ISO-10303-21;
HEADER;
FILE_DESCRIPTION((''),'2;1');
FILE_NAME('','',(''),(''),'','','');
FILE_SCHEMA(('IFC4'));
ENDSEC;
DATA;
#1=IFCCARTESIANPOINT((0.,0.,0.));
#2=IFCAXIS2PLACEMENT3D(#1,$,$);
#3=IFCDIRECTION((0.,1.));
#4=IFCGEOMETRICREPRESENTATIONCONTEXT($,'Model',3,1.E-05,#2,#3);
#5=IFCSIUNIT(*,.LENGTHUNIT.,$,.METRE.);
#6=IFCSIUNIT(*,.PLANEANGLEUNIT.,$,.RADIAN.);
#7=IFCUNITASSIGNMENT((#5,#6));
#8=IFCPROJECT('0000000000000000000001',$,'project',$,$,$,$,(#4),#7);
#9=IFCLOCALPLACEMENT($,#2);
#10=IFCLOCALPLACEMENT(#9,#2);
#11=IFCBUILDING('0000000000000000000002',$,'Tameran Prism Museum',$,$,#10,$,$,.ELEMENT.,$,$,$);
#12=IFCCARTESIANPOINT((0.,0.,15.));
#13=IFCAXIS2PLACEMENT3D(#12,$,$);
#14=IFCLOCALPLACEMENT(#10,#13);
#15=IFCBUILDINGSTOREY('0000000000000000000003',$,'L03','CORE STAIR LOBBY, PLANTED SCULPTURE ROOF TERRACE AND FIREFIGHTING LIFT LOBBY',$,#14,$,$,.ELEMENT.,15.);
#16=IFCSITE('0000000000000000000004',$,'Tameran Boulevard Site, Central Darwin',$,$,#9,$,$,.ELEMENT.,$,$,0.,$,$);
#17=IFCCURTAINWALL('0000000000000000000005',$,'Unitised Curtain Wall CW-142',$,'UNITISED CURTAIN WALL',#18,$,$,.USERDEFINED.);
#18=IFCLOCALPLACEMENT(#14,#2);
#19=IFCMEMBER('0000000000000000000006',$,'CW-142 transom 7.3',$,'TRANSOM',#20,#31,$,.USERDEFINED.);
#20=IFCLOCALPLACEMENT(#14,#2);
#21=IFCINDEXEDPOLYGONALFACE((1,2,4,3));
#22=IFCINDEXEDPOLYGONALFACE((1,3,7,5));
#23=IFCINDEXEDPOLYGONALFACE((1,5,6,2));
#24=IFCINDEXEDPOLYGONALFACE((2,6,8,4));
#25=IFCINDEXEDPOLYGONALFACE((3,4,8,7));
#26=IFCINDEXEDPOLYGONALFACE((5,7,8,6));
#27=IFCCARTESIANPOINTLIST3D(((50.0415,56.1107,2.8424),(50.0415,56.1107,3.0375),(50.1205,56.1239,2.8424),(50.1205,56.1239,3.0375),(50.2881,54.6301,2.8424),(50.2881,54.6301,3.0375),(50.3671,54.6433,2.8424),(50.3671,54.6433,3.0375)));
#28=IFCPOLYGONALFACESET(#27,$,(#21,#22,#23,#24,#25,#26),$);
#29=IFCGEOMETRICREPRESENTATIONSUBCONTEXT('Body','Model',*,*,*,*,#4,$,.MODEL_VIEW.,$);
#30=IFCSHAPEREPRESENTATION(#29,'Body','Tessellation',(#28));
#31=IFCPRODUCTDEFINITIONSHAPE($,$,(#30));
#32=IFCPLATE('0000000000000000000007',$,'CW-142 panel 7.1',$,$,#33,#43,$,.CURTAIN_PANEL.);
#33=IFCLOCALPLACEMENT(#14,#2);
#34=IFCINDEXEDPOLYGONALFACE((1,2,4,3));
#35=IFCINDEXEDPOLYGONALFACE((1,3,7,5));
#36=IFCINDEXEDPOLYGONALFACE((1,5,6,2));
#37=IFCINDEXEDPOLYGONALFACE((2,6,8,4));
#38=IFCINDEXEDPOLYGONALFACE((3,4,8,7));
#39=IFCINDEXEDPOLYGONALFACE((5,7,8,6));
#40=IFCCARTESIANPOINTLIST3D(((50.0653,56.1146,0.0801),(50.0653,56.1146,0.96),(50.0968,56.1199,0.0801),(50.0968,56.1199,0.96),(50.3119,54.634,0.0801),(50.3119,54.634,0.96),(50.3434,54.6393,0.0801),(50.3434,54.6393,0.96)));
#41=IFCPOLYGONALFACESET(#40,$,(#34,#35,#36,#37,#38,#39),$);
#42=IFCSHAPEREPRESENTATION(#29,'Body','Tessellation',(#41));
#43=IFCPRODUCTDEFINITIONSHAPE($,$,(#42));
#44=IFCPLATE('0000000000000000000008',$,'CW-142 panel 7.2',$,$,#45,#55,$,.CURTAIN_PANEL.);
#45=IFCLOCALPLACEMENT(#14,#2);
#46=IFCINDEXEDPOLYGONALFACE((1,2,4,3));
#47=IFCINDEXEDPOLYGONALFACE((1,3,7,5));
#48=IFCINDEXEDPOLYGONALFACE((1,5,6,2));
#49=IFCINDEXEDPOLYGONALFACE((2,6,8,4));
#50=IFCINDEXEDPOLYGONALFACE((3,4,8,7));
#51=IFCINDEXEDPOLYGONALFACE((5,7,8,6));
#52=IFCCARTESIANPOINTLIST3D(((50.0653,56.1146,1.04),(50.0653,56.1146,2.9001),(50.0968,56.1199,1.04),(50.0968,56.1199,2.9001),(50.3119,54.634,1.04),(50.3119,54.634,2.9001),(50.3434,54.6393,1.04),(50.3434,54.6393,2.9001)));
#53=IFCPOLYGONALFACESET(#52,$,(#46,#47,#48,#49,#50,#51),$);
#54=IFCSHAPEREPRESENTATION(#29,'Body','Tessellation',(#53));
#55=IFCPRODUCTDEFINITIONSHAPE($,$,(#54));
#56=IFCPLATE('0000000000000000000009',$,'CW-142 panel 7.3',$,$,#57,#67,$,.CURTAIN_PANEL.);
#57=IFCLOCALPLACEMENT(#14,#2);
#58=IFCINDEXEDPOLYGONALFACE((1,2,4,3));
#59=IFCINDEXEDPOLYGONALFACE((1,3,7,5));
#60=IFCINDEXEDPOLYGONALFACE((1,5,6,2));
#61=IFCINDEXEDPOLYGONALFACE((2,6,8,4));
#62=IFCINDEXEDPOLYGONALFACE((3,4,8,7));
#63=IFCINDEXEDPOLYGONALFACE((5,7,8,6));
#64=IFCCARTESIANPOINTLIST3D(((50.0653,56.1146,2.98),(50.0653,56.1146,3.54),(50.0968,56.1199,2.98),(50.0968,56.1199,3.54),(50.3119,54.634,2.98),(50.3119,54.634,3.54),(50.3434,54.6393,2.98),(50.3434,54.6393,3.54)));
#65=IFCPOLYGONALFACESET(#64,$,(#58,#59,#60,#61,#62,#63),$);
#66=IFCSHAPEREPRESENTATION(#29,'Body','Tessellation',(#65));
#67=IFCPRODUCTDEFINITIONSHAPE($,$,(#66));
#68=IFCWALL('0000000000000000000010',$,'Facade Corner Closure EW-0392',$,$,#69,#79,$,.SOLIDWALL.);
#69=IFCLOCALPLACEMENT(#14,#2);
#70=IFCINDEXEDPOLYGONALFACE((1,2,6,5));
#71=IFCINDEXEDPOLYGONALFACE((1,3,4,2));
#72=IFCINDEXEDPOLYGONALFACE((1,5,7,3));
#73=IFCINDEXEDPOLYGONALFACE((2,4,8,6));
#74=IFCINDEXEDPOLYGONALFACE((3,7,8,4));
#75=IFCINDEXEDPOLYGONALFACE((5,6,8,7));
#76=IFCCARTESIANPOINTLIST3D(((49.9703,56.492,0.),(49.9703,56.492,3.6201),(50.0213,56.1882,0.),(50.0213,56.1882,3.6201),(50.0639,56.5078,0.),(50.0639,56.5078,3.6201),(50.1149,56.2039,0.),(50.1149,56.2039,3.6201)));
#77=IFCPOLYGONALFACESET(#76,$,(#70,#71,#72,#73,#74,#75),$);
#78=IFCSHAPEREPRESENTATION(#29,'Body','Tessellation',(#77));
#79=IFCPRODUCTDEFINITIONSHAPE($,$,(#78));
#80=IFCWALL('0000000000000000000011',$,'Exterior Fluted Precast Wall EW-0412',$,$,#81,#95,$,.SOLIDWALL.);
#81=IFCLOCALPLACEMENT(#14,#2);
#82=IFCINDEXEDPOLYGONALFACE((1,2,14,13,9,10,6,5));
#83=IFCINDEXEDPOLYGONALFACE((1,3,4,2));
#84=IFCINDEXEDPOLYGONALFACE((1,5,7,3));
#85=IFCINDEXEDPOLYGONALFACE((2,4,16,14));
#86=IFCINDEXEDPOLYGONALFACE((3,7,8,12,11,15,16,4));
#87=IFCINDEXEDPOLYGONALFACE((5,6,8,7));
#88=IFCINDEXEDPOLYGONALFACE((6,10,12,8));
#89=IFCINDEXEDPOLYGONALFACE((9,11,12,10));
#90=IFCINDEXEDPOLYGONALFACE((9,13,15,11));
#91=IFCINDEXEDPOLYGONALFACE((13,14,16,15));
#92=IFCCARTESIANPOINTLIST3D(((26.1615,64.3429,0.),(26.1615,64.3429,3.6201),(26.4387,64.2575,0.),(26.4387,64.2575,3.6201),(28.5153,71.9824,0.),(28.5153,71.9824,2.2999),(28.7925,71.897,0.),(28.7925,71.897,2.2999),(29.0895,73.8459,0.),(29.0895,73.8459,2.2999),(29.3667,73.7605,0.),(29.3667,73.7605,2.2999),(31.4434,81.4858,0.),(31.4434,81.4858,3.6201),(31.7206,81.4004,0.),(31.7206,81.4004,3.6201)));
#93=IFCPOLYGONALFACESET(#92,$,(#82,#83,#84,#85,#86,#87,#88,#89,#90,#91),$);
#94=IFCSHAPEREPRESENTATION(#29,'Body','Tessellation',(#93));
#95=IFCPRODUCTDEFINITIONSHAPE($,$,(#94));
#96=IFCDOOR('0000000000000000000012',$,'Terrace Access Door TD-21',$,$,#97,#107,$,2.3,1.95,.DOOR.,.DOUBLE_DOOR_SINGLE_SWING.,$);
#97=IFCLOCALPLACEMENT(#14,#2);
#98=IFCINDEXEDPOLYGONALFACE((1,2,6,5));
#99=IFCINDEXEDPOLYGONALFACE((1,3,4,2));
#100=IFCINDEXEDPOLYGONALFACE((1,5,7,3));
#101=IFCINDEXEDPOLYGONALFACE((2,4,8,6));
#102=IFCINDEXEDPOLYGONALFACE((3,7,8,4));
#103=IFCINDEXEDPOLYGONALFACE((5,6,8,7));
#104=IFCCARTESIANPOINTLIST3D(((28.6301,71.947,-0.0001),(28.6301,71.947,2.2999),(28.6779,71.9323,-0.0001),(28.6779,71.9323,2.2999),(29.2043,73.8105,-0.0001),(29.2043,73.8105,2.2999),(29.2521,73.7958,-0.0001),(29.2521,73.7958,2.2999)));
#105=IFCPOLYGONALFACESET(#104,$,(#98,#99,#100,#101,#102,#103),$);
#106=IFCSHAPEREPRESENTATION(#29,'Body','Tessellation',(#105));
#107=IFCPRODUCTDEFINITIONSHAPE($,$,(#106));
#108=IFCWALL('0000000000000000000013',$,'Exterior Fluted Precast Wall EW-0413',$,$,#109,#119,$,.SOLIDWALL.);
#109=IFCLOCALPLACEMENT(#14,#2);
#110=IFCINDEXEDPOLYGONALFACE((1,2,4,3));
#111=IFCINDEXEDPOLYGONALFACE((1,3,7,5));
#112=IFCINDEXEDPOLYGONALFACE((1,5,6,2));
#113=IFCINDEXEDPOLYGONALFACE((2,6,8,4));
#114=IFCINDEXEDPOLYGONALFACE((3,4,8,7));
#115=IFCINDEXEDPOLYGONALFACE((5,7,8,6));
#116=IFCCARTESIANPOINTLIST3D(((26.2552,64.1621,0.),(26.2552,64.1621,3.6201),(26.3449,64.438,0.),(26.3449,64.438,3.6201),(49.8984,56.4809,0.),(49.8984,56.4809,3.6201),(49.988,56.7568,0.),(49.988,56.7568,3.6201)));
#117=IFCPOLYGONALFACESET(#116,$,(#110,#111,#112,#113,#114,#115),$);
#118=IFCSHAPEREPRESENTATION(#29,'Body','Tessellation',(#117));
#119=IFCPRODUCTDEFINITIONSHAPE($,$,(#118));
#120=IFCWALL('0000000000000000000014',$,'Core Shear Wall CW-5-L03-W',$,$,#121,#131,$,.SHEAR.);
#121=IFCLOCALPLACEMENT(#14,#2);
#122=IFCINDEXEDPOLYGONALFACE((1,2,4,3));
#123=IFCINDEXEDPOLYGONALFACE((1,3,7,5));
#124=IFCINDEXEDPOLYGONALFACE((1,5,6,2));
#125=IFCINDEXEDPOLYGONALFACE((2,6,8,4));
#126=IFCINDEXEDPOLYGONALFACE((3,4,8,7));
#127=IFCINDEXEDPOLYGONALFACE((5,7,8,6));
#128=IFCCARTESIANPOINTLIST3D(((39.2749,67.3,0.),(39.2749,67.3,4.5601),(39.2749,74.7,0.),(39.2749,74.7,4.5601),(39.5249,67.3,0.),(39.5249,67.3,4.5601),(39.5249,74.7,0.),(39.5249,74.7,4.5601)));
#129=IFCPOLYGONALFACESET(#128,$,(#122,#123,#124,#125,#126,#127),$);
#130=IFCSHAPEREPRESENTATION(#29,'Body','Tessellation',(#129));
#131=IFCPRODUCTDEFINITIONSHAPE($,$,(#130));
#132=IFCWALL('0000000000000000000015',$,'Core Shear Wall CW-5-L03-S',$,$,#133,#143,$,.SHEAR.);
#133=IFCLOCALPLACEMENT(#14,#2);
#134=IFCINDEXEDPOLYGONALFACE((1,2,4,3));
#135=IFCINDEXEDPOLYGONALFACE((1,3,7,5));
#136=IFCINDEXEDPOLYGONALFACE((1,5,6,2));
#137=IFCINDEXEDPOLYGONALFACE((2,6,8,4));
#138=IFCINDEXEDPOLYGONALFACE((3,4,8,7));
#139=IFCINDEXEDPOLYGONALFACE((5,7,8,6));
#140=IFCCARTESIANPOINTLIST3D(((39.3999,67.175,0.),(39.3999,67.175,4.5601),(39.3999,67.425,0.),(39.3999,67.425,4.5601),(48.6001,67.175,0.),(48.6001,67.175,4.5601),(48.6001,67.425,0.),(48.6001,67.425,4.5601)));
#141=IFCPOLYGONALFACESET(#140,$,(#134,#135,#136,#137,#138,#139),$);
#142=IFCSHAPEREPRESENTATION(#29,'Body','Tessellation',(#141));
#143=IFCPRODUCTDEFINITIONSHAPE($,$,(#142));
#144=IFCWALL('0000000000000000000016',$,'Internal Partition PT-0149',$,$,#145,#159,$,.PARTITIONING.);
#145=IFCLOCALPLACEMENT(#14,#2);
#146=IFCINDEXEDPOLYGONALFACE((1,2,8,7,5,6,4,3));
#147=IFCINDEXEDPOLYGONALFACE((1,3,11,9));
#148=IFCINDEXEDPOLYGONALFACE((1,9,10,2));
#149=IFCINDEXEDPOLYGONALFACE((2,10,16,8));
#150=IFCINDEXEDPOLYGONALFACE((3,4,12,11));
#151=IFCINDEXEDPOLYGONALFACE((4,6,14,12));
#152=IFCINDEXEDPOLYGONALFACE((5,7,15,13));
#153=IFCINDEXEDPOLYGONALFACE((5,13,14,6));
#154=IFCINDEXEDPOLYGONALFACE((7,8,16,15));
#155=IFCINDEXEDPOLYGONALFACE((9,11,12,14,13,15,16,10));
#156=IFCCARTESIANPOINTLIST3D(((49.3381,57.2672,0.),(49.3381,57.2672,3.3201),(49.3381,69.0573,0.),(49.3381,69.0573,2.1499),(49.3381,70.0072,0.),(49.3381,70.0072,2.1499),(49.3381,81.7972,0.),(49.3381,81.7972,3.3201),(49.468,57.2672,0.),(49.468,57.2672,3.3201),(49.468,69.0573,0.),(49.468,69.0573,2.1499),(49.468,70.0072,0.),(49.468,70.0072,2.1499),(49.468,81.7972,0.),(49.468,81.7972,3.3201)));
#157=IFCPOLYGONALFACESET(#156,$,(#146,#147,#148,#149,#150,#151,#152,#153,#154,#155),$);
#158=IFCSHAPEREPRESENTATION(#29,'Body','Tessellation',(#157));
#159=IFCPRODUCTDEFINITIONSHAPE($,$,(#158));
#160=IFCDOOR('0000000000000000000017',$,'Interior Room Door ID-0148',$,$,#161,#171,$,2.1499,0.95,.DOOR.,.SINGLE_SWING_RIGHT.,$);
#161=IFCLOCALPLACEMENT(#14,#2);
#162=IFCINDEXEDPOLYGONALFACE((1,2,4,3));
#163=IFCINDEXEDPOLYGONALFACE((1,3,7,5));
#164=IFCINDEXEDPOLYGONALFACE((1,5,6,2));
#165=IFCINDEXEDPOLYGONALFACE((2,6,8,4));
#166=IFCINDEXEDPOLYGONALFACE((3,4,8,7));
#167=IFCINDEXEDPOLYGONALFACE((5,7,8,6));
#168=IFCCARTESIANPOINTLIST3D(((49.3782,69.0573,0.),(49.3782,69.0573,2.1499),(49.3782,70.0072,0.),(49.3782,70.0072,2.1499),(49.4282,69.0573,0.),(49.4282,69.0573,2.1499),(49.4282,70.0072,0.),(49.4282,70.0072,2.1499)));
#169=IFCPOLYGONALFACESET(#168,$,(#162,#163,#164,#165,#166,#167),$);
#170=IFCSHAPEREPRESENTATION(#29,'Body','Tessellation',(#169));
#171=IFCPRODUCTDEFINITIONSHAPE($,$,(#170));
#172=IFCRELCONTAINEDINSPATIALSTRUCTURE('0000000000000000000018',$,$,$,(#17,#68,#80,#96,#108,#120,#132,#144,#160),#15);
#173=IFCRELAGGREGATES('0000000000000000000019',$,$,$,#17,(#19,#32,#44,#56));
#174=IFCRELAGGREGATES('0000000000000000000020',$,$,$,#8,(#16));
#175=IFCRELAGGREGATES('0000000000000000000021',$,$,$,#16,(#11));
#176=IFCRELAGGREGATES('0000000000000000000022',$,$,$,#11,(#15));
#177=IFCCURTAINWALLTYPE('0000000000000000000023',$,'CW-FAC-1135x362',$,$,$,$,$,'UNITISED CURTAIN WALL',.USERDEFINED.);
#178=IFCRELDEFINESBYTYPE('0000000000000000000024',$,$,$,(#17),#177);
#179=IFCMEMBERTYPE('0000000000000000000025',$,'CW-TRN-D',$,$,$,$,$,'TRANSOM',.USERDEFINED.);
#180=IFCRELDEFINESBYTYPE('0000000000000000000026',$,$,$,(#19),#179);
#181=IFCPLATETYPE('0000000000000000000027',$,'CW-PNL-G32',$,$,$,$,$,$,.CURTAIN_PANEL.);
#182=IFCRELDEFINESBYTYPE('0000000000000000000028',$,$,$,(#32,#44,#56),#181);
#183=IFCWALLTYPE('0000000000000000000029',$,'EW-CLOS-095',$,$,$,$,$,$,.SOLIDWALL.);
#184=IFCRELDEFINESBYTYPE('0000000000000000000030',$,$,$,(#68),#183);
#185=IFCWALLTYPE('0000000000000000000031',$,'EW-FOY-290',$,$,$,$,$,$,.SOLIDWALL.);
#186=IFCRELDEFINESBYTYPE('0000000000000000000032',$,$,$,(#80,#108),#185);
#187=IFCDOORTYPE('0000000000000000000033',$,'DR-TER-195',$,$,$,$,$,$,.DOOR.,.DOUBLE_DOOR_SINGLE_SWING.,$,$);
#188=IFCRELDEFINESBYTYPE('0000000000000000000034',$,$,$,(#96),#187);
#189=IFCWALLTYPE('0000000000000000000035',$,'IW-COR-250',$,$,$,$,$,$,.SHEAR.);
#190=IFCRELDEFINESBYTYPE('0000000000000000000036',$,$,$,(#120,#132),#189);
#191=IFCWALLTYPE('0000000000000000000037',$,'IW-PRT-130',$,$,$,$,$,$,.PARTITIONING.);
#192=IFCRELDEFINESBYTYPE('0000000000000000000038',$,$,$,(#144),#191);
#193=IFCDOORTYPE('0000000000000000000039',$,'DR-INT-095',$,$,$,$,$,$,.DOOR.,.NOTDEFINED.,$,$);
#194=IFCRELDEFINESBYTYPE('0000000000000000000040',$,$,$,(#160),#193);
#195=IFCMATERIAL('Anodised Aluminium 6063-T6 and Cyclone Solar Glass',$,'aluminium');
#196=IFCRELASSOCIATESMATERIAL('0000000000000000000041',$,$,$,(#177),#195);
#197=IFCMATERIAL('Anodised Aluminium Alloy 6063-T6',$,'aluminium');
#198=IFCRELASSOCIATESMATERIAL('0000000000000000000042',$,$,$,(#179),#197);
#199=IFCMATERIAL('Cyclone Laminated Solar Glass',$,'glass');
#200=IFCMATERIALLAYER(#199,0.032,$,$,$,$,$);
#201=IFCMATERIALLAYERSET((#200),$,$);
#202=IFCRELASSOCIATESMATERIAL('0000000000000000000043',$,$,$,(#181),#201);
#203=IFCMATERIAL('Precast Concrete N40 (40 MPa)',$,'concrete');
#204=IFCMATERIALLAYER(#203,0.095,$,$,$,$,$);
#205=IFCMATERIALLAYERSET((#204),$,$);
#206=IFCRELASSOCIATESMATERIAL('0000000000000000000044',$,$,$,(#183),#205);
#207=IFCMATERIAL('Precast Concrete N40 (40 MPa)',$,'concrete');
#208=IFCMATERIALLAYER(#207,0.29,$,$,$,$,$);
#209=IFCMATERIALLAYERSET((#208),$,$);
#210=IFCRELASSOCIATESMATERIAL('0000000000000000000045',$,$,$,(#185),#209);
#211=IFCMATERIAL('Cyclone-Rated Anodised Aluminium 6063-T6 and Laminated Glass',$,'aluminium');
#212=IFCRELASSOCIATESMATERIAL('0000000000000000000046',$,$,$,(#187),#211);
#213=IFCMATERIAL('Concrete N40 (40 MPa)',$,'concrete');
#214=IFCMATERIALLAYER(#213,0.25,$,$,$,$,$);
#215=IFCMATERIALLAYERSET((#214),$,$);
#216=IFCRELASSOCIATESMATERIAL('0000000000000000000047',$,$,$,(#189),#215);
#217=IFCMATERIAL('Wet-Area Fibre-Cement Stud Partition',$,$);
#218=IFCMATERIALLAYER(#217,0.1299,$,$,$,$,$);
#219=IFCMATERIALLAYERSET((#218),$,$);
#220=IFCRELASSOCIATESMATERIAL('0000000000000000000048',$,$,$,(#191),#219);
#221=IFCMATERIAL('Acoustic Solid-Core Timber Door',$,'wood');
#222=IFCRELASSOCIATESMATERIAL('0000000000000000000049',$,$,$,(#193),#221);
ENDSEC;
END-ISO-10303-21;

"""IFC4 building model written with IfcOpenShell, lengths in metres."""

from ifc_helpers import new_model, si_unit, direction, frame, frame_2d, origin, origin_2d, place, context, subcontext, project, spatial, rectangle, extrude, material, layer, layer_set, material_profile, profile_set, type_object, element, fill, aggregate, save


model = new_model("IFC4")

# Units and contexts
model_context = context("Model", 3, precision=1e-05, world=origin(), true_north=direction((0.0, 1.0)))
body_context = subcontext(model_context, "Body", "Model", "MODEL_VIEW")
ifc_project = project(units=[si_unit("LENGTHUNIT", "METRE"), si_unit("PLANEANGLEUNIT", "RADIAN")], contexts=[model_context])

# Site, building, storey
site_placement = place(None, origin())
site = spatial("IfcSite", under=ifc_project, at=site_placement, Name="Tameran Boulevard Site, Central Darwin", CompositionType="ELEMENT", RefElevation=0.0)
building_placement = place(site_placement, origin())
building = spatial("IfcBuilding", under=site, at=building_placement, Name="Tameran Prism Museum", CompositionType="ELEMENT")
storey_placement = place(building_placement, frame((0.0, 0.0, 15.0)))
storey = spatial("IfcBuildingStorey", under=building, at=storey_placement, Name="L03", Description="CORE STAIR LOBBY, PLANTED SCULPTURE ROOF TERRACE AND FIREFIGHTING LIFT LOBBY", CompositionType="ELEMENT", Elevation=15.0)

# Curtain wall, member, plates
ifc_material_1 = material(Name="Anodised Aluminium 6063-T6 and Cyclone Solar Glass", Category="aluminium")
curtain_wall_type = type_object("IfcCurtainWallType", Name="CW-FAC-1135x362", ElementType="UNITISED CURTAIN WALL", PredefinedType="USERDEFINED", material=ifc_material_1)
curtain_wall_placement = place(storey_placement, origin())
curtain_wall = element("IfcCurtainWall", 1, at=curtain_wall_placement, inside=storey, type_object=curtain_wall_type, Name="Unitised Curtain Wall CW-142", ObjectType="UNITISED CURTAIN WALL", PredefinedType="USERDEFINED")
ifc_material_2 = material(Name="Anodised Aluminium Alloy 6063-T6", Category="aluminium")
ifc_material_profile_1 = material_profile(ifc_material_2, rectangle(XDim=0.0801, YDim=0.1951, at=origin_2d()))
ifc_profile_set_1 = profile_set([ifc_material_profile_1])
member_type_1 = type_object("IfcMemberType", Name="CW-TRN-D", ElementType="TRANSOM", PredefinedType="USERDEFINED", material=ifc_profile_set_1)
member_1_placement = place(storey_placement, frame((50.3276, 54.6367, 2.9399), z_axis=(-0.164293, 0.986412, 0.0), x_axis=(-0.986412, -0.164293, 0.0)))
member_1 = element("IfcMember", 2, at=member_1_placement, type_object=member_type_1, Name="CW-142 transom 7.3", ObjectType="TRANSOM", PredefinedType="USERDEFINED", context=body_context, shape_type="SweptSolid", body=[
    extrude(rectangle(XDim=0.0801, YDim=0.1951, at=origin_2d()), origin(), (0.0, 0.0, 1.0), 1.501),
])
ifc_material_3 = material(Name="Cyclone Laminated Solar Glass", Category="glass")
ifc_layer_1 = layer(ifc_material_3, 0.032)
ifc_layer_set_1 = layer_set([ifc_layer_1])
plate_type = type_object("IfcPlateType", Name="CW-PNL-G32", PredefinedType="CURTAIN_PANEL", material=ifc_layer_set_1)
plate_1_placement = place(storey_placement, frame((50.2043, 55.377, 0.0801), z_axis=(0.0, 0.0, 1.0), x_axis=(-0.164285, 0.986413, 0.0)))
plate_1 = element("IfcPlate", 3, at=plate_1_placement, type_object=plate_type, Name="CW-142 panel 7.1", PredefinedType="CURTAIN_PANEL", context=body_context, shape_type="SweptSolid", body=[
    extrude(rectangle(XDim=1.501, YDim=0.032, at=origin_2d()), origin(), (0.0, 0.0, 1.0), 0.8799),
])
plate_2_placement = place(storey_placement, frame((50.2043, 55.377, 1.04), z_axis=(0.0, 0.0, 1.0), x_axis=(-0.164285, 0.986413, 0.0)))
plate_2 = element("IfcPlate", 4, at=plate_2_placement, type_object=plate_type, Name="CW-142 panel 7.2", PredefinedType="CURTAIN_PANEL", context=body_context, shape_type="SweptSolid", body=[
    extrude(rectangle(XDim=1.501, YDim=0.032, at=origin_2d()), origin(), (0.0, 0.0, 1.0), 1.8601),
])
plate_3_placement = place(storey_placement, frame((50.2043, 55.377, 2.98), z_axis=(0.0, 0.0, 1.0), x_axis=(-0.164285, 0.986413, 0.0)))
plate_3 = element("IfcPlate", 5, at=plate_3_placement, type_object=plate_type, Name="CW-142 panel 7.3", PredefinedType="CURTAIN_PANEL", context=body_context, shape_type="SweptSolid", body=[
    extrude(rectangle(XDim=1.501, YDim=0.032, at=origin_2d()), origin(), (0.0, 0.0, 1.0), 0.5601),
])
aggregate(curtain_wall, [member_1, plate_1, plate_2, plate_3])

# Wall
ifc_material_4 = material(Name="Precast Concrete N40 (40 MPa)", Category="concrete")
ifc_layer_2 = layer(ifc_material_4, 0.095)
ifc_layer_set_2 = layer_set([ifc_layer_2])
wall_type_1 = type_object("IfcWallType", Name="EW-CLOS-095", PredefinedType="SOLIDWALL", material=ifc_layer_set_2)
wall_1_placement = place(storey_placement, frame((50.0681, 56.196, 0.0), z_axis=(0.0, 0.0, 1.0), x_axis=(-0.165555, 0.986201, 0.0)))
element("IfcWall", 6, at=wall_1_placement, inside=storey, type_object=wall_type_1, Name="Facade Corner Closure EW-0392", PredefinedType="SOLIDWALL", context=body_context, shape_type="SweptSolid", body=[
    extrude(rectangle(XDim=0.3081, YDim=0.095, at=frame_2d((0.1541, 0.0))), origin(), (0.0, 0.0, 1.0), 3.6201),
])

# Wall, opening, door
ifc_material_5 = material(Name="Precast Concrete N40 (40 MPa)", Category="concrete")
ifc_layer_3 = layer(ifc_material_5, 0.29)
ifc_layer_set_3 = layer_set([ifc_layer_3])
wall_type_2 = type_object("IfcWallType", Name="EW-FOY-290", PredefinedType="SOLIDWALL", material=ifc_layer_set_3)
wall_2_placement = place(storey_placement, frame((26.3, 64.3, 0.0), z_axis=(0.0, 0.0, 1.0), x_axis=(0.294452, 0.955666, 0.0)))
wall_2 = element("IfcWall", 7, at=wall_2_placement, inside=storey, type_object=wall_type_2, Name="Exterior Fluted Precast Wall EW-0412", PredefinedType="SOLIDWALL", context=body_context, shape_type="SweptSolid", body=[
    extrude(rectangle(XDim=17.9382, YDim=0.29, at=frame_2d((8.9692, 0.0))), origin(), (0.0, 0.0, 1.0), 3.6201),
])
opening_1_placement = place(wall_2_placement, frame((7.9939, 0.0, 0.0)))
opening_1 = element("IfcOpeningElement", 8, at=opening_1_placement, cuts=wall_2, PredefinedType="OPENING", context=body_context, shape_type="SweptSolid", body=[
    extrude(rectangle(XDim=1.95, YDim=2.3, at=frame_2d((0.9751, 1.1499))), frame((0.0, 0.155, 0.0), z_axis=(0.0, -1.0, 0.0), x_axis=(1.0, 0.0, 0.0)), (0.0, 0.0, 1.0), 0.3101),
])
ifc_material_6 = material(Name="Cyclone-Rated Anodised Aluminium 6063-T6 and Laminated Glass", Category="aluminium")
door_type_1 = type_object("IfcDoorType", Name="DR-TER-195", OperationType="DOUBLE_DOOR_SINGLE_SWING", PredefinedType="DOOR", material=ifc_material_6)
door_1_placement = place(opening_1_placement, origin())
door_1 = element("IfcDoor", 9, at=door_1_placement, inside=storey, type_object=door_type_1, Name="Terrace Access Door TD-21", OperationType="DOUBLE_DOOR_SINGLE_SWING", OverallHeight=2.3, OverallWidth=1.95, PredefinedType="DOOR", context=body_context, shape_type="SweptSolid", body=[
    extrude(rectangle(XDim=1.95, YDim=2.3, at=frame_2d((0.9751, 1.1499))), frame((0.0, 0.0249, 0.0), z_axis=(0.0, -1.0, 0.0), x_axis=(1.0, 0.0, 0.0)), (0.0, 0.0, 1.0), 0.05),
])
fill(opening_1, door_1)

# Walls
wall_3_placement = place(storey_placement, frame((49.9431, 56.6189, 0.0), z_axis=(0.0, 0.0, 1.0), x_axis=(-0.951068, 0.308983, 0.0)))
element("IfcWall", 10, at=wall_3_placement, inside=storey, type_object=wall_type_2, Name="Exterior Fluted Precast Wall EW-0413", PredefinedType="SOLIDWALL", context=body_context, shape_type="SweptSolid", body=[
    extrude(rectangle(XDim=24.8596, YDim=0.29, at=frame_2d((12.4297, 0.0))), origin(), (0.0, 0.0, 1.0), 3.6201),
])
ifc_material_7 = material(Name="Concrete N40 (40 MPa)", Category="concrete")
ifc_layer_4 = layer(ifc_material_7, 0.25)
ifc_layer_set_4 = layer_set([ifc_layer_4])
wall_type_3 = type_object("IfcWallType", Name="IW-COR-250", PredefinedType="SHEAR", material=ifc_layer_set_4)
wall_4_placement = place(storey_placement, frame((39.3999, 67.3, 0.0), z_axis=(0.0, 0.0, 1.0), x_axis=(0.0, 1.0, 0.0)))
element("IfcWall", 11, at=wall_4_placement, inside=storey, type_object=wall_type_3, Name="Core Shear Wall CW-5-L03-W", PredefinedType="SHEAR", context=body_context, shape_type="SweptSolid", body=[
    extrude(rectangle(XDim=7.3999, YDim=0.25, at=frame_2d((3.7, 0.0))), origin(), (0.0, 0.0, 1.0), 4.5601),
])
wall_5_placement = place(storey_placement, frame((48.6001, 67.3, 0.0), z_axis=(0.0, 0.0, 1.0), x_axis=(-1.0, 0.0, 0.0)))
element("IfcWall", 12, at=wall_5_placement, inside=storey, type_object=wall_type_3, Name="Core Shear Wall CW-5-L03-S", PredefinedType="SHEAR", context=body_context, shape_type="SweptSolid", body=[
    extrude(rectangle(XDim=9.2002, YDim=0.25, at=frame_2d((4.6001, 0.0))), origin(), (0.0, 0.0, 1.0), 4.5601),
])

# Wall, opening, door
ifc_material_8 = material(Name="Wet-Area Fibre-Cement Stud Partition")
ifc_layer_5 = layer(ifc_material_8, 0.1299)
ifc_layer_set_5 = layer_set([ifc_layer_5])
wall_type_4 = type_object("IfcWallType", Name="IW-PRT-130", PredefinedType="PARTITIONING", material=ifc_layer_set_5)
wall_6_placement = place(storey_placement, frame((49.4031, 57.2671, 0.0), z_axis=(0.0, 0.0, 1.0), x_axis=(0.0, 1.0, 0.0)))
wall_6 = element("IfcWall", 13, at=wall_6_placement, inside=storey, type_object=wall_type_4, Name="Internal Partition PT-0149", PredefinedType="PARTITIONING", context=body_context, shape_type="SweptSolid", body=[
    extrude(rectangle(XDim=24.53, YDim=0.1299, at=frame_2d((12.2651, 0.0))), origin(), (0.0, 0.0, 1.0), 3.3201),
])
opening_2_placement = place(wall_6_placement, frame((11.79, 0.0, 0.0)))
opening_2 = element("IfcOpeningElement", 14, at=opening_2_placement, cuts=wall_6, PredefinedType="OPENING", context=body_context, shape_type="SweptSolid", body=[
    extrude(rectangle(XDim=0.95, YDim=2.1499, at=frame_2d((0.4751, 1.075))), frame((0.0, 0.075, 0.0), z_axis=(0.0, -1.0, 0.0), x_axis=(1.0, 0.0, 0.0)), (0.0, 0.0, 1.0), 0.1499),
])
ifc_material_9 = material(Name="Acoustic Solid-Core Timber Door", Category="wood")
door_type_2 = type_object("IfcDoorType", Name="DR-INT-095", OperationType="NOTDEFINED", PredefinedType="DOOR", material=ifc_material_9)
door_2_placement = place(opening_2_placement, origin())
door_2 = element("IfcDoor", 15, at=door_2_placement, inside=storey, type_object=door_type_2, Name="Interior Room Door ID-0148", OperationType="SINGLE_SWING_RIGHT", OverallHeight=2.1499, OverallWidth=0.95, PredefinedType="DOOR", context=body_context, shape_type="SweptSolid", body=[
    extrude(rectangle(XDim=0.95, YDim=2.1499, at=frame_2d((0.4751, 1.075))), frame((0.0, 0.0249, 0.0), z_axis=(0.0, -1.0, 0.0), x_axis=(1.0, 0.0, 0.0)), (0.0, 0.0, 1.0), 0.05),
])
fill(opening_2, door_2)

save(model, "model.ifc")
